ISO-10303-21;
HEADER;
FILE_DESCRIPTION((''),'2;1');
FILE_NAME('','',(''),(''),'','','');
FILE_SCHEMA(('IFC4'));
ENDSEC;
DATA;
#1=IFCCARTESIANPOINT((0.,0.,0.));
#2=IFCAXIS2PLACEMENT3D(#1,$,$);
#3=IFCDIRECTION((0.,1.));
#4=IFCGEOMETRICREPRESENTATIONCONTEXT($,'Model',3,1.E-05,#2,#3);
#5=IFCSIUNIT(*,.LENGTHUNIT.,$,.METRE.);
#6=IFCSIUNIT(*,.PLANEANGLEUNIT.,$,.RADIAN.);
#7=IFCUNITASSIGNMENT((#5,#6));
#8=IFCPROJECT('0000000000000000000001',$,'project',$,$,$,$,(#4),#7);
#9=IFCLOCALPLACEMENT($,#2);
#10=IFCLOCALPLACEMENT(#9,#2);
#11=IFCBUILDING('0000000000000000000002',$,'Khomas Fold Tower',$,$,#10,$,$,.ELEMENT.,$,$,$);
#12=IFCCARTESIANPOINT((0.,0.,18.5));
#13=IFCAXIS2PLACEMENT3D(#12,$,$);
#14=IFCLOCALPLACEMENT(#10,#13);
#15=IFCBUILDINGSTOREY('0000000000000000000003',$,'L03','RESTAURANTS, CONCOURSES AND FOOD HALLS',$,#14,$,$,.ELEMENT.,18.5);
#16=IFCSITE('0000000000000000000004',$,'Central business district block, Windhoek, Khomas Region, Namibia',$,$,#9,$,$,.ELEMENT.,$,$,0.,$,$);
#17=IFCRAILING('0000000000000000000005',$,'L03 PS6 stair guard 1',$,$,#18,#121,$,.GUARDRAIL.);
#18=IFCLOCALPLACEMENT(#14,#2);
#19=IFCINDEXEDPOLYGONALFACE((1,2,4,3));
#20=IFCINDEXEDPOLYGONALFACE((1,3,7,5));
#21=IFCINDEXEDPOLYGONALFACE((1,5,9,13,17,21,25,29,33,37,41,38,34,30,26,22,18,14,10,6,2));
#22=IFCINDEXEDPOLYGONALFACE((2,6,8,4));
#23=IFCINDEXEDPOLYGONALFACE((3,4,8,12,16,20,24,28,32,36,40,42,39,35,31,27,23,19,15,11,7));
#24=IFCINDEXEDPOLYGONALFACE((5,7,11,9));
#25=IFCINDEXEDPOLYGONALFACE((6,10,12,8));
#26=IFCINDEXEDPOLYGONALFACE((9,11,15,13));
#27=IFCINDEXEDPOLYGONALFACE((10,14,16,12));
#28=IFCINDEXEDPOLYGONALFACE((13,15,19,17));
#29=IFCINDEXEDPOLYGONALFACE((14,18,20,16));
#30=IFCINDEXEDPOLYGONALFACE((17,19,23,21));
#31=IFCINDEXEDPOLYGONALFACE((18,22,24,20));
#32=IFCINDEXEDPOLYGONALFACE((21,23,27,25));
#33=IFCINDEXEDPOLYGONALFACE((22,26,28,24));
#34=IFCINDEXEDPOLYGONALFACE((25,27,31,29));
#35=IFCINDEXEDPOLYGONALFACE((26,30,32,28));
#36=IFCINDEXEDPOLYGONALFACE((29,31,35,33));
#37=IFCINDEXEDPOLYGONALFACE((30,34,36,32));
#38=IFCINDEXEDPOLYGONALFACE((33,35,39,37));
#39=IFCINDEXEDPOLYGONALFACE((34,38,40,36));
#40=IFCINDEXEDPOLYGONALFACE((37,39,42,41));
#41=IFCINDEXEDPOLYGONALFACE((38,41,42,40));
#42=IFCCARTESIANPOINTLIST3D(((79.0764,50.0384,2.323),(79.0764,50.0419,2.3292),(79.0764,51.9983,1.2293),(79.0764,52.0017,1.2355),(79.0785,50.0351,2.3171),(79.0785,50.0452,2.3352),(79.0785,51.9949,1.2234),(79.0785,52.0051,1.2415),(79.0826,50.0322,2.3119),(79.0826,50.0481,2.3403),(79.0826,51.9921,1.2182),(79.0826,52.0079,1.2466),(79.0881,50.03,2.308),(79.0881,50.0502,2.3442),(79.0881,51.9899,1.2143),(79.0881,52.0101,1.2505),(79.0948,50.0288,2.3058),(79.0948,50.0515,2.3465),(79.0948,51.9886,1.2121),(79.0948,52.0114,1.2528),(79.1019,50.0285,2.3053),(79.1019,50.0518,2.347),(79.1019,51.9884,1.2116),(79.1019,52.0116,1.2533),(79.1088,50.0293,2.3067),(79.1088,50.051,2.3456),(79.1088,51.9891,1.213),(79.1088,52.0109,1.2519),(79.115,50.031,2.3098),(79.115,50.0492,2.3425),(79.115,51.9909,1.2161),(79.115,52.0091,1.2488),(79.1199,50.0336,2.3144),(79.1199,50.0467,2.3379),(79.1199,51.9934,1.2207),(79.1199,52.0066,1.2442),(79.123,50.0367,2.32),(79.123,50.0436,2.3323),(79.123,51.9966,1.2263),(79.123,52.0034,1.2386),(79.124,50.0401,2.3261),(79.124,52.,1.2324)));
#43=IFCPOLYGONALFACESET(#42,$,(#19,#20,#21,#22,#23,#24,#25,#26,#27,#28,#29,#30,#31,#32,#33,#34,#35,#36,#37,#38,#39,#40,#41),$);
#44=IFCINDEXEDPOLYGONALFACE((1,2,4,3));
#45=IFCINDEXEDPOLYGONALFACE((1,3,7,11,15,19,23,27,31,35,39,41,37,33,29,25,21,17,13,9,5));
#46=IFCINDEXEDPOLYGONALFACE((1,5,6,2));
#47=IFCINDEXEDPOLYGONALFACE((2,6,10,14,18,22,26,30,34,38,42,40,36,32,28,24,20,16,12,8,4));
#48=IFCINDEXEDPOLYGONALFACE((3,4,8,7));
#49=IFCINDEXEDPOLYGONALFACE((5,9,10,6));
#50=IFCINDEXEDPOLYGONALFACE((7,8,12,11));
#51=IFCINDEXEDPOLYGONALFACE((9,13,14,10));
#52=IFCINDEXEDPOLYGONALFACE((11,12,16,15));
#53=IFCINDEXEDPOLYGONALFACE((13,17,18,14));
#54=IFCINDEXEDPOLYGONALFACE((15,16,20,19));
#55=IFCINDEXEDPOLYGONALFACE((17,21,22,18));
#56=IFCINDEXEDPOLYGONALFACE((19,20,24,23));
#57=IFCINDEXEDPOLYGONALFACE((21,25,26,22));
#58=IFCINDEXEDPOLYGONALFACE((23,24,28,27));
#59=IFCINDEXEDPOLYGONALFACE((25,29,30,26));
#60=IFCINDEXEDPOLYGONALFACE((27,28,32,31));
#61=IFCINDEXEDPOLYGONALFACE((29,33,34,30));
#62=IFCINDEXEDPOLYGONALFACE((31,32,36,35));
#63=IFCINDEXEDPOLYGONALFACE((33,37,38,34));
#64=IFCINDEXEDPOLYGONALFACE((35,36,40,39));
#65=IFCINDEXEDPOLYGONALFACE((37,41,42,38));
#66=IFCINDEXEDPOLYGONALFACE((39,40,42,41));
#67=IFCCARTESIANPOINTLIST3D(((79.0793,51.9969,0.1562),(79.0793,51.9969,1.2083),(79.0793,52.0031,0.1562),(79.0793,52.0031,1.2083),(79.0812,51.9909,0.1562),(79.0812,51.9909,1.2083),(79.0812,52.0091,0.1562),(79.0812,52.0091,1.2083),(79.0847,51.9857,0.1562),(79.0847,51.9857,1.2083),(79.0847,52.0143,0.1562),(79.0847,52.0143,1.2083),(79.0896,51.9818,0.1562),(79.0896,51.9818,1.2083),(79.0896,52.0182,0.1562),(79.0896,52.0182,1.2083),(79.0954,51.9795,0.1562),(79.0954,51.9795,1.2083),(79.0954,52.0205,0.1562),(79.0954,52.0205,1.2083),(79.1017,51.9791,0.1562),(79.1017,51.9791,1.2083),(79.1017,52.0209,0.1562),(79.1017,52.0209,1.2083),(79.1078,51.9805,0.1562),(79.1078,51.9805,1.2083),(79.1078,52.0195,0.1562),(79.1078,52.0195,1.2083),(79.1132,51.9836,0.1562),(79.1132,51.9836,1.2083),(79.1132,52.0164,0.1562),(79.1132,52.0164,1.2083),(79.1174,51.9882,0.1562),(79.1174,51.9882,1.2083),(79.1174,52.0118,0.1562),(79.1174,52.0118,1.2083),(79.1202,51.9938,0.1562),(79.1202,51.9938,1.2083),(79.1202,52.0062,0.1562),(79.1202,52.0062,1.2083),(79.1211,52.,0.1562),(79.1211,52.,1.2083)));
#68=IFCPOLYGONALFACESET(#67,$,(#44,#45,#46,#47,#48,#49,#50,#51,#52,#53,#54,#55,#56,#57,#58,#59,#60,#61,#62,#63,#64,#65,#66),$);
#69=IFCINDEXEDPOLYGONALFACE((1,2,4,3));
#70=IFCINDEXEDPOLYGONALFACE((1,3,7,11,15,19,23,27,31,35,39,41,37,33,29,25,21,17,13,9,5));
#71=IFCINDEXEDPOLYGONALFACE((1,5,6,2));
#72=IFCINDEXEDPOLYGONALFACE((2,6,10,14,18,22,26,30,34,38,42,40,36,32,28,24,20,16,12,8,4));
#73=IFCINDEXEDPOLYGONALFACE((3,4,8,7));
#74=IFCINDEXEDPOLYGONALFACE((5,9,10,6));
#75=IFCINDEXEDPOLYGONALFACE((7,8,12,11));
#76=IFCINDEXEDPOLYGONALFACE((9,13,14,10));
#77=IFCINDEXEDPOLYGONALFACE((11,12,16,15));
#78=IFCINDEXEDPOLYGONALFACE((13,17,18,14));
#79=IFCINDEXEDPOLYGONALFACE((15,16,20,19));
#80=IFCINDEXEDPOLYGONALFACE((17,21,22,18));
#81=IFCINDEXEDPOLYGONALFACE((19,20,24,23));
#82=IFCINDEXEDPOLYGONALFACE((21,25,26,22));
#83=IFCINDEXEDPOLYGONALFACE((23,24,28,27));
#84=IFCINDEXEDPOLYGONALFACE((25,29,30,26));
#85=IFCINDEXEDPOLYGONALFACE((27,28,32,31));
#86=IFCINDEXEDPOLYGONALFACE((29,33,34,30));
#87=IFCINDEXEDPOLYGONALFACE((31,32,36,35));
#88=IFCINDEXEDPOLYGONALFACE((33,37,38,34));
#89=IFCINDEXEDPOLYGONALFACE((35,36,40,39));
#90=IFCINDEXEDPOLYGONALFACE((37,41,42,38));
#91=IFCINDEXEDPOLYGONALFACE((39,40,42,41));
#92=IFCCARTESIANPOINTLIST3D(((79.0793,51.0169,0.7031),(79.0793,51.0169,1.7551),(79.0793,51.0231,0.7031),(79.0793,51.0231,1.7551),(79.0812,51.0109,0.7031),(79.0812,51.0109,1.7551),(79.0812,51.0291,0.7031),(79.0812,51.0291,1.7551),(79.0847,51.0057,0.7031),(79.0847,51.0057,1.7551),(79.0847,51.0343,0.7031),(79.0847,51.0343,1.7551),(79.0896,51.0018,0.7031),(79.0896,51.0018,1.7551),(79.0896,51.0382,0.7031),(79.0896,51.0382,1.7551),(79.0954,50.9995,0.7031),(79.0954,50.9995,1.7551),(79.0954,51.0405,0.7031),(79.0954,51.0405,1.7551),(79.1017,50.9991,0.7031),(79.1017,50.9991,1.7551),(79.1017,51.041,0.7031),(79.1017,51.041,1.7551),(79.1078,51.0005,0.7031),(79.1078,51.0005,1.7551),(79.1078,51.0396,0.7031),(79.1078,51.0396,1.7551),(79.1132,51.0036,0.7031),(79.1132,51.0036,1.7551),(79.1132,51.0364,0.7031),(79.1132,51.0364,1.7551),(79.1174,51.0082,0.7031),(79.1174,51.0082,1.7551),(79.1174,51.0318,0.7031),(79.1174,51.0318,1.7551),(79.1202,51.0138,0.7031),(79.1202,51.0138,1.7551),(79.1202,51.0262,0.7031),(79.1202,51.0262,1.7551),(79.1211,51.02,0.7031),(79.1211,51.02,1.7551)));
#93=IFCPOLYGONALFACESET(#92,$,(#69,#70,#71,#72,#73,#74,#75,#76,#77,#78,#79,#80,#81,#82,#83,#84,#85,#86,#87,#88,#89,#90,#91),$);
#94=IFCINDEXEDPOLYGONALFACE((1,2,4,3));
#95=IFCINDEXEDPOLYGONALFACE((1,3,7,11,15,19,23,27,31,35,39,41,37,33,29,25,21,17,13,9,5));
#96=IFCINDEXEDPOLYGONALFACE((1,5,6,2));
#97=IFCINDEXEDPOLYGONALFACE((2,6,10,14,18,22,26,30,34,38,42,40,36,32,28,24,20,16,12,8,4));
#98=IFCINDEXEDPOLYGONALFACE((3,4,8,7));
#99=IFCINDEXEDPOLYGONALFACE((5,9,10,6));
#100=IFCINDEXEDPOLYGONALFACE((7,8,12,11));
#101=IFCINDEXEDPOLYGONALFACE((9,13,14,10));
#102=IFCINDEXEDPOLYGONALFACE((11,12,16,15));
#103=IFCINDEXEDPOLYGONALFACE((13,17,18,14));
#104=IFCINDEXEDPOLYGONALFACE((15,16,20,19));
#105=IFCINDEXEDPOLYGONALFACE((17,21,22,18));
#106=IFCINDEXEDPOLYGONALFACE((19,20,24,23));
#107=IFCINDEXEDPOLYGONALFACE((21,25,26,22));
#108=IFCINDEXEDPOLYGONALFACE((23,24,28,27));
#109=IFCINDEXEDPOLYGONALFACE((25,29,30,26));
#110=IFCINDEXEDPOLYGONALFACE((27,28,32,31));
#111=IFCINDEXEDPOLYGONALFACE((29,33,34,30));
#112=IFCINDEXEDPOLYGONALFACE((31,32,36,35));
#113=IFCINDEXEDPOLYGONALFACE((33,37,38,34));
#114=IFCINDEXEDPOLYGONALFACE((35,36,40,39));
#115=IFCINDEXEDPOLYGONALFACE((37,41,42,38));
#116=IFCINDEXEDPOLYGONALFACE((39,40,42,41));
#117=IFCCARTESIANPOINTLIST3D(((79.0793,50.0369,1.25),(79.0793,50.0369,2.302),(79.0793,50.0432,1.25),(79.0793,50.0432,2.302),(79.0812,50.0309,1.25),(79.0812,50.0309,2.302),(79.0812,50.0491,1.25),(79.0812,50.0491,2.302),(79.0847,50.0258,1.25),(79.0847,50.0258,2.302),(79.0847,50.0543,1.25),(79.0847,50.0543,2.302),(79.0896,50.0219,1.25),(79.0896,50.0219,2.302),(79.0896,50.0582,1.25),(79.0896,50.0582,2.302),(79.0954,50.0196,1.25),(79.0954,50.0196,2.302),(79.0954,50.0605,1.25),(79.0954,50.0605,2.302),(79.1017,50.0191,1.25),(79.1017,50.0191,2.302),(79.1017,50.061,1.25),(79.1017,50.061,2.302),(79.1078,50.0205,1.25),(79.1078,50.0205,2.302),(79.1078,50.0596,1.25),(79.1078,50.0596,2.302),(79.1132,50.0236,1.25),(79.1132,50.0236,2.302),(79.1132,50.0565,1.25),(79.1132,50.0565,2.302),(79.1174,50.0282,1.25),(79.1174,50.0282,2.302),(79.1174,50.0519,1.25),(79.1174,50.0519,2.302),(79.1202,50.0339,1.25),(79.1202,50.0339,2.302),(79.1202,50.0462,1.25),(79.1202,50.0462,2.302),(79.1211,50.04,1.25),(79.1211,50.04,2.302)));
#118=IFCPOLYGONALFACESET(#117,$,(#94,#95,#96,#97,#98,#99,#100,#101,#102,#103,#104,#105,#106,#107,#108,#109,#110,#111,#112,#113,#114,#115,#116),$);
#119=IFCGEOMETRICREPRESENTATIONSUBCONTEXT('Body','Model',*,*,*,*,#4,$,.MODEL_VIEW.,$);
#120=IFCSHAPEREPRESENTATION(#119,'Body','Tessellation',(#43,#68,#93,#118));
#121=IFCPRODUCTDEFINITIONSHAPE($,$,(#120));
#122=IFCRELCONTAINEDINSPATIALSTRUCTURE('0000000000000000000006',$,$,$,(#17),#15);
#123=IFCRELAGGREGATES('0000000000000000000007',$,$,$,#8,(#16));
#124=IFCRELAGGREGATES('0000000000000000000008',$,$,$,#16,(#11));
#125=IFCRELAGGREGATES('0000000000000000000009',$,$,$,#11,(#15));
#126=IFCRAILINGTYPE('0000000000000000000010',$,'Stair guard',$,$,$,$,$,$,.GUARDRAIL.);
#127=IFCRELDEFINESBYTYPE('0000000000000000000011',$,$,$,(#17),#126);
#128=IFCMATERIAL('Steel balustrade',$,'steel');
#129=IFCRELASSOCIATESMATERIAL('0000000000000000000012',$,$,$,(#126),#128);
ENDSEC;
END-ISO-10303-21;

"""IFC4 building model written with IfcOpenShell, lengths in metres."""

from ifc_helpers import new_model, si_unit, direction, frame, origin, origin_2d, place, context, subcontext, project, spatial, circle, extrude, source, transform, mapped, material, type_object, element, save


model = new_model("IFC4")

# Units and contexts
model_context = context("Model", 3, precision=1e-05, world=origin(), true_north=direction((0.0, 1.0)))
body_context = subcontext(model_context, "Body", "Model", "MODEL_VIEW")
ifc_project = project(units=[si_unit("LENGTHUNIT", "METRE"), si_unit("PLANEANGLEUNIT", "RADIAN")], contexts=[model_context])

# Site, building, storey
site_placement = place(None, origin())
site = spatial("IfcSite", under=ifc_project, at=site_placement, Name="Central business district block, Windhoek, Khomas Region, Namibia", CompositionType="ELEMENT", RefElevation=0.0)
building_placement = place(site_placement, origin())
building = spatial("IfcBuilding", under=site, at=building_placement, Name="Khomas Fold Tower", CompositionType="ELEMENT")
storey_placement = place(building_placement, frame((0.0, 0.0, 18.5)))
storey = spatial("IfcBuildingStorey", under=building, at=storey_placement, Name="L03", Description="RESTAURANTS, CONCOURSES AND FOOD HALLS", CompositionType="ELEMENT", Elevation=18.5)

# Railing
ifc_material_1 = material(Name="Steel balustrade", Category="steel")
railing_type_1 = type_object("IfcRailingType", Name="Stair guard", PredefinedType="GUARDRAIL", material=ifc_material_1)
shared_shape_1 = source(origin(), body_context, "Body", "SweptSolid", [
    extrude(circle(Radius=0.0239, at=origin_2d()), frame((0.0, 0.0, 1.0762), z_axis=(0.0, -0.873232, 0.487304), x_axis=(1.0, 0.0, 0.0)), (0.0, 0.0, 1.0), 2.2444),
    extrude(circle(Radius=0.021, at=origin_2d()), origin(), (0.0, 0.0, 1.0), 1.052),
    extrude(circle(Radius=0.021, at=origin_2d()), frame((0.0, -0.98, 0.5469)), (0.0, 0.0, 1.0), 1.052),
    extrude(circle(Radius=0.021, at=origin_2d()), frame((0.0, -1.96, 1.0938)), (0.0, 0.0, 1.0), 1.052),
])
for number, where, name in (
    (1, (79.1001, 52.0, 0.1562), "L03 PS6 stair guard 1"),
):
    element("IfcRailing", number, at=place(storey_placement, frame(where)), inside=storey, type_object=railing_type_1, Name=name, PredefinedType="GUARDRAIL", context=body_context, shape_type="MappedRepresentation", body=[
        mapped(shared_shape_1, transform((0.0, 0.0, 0.0))),
    ])

save(model, "model.ifc")
